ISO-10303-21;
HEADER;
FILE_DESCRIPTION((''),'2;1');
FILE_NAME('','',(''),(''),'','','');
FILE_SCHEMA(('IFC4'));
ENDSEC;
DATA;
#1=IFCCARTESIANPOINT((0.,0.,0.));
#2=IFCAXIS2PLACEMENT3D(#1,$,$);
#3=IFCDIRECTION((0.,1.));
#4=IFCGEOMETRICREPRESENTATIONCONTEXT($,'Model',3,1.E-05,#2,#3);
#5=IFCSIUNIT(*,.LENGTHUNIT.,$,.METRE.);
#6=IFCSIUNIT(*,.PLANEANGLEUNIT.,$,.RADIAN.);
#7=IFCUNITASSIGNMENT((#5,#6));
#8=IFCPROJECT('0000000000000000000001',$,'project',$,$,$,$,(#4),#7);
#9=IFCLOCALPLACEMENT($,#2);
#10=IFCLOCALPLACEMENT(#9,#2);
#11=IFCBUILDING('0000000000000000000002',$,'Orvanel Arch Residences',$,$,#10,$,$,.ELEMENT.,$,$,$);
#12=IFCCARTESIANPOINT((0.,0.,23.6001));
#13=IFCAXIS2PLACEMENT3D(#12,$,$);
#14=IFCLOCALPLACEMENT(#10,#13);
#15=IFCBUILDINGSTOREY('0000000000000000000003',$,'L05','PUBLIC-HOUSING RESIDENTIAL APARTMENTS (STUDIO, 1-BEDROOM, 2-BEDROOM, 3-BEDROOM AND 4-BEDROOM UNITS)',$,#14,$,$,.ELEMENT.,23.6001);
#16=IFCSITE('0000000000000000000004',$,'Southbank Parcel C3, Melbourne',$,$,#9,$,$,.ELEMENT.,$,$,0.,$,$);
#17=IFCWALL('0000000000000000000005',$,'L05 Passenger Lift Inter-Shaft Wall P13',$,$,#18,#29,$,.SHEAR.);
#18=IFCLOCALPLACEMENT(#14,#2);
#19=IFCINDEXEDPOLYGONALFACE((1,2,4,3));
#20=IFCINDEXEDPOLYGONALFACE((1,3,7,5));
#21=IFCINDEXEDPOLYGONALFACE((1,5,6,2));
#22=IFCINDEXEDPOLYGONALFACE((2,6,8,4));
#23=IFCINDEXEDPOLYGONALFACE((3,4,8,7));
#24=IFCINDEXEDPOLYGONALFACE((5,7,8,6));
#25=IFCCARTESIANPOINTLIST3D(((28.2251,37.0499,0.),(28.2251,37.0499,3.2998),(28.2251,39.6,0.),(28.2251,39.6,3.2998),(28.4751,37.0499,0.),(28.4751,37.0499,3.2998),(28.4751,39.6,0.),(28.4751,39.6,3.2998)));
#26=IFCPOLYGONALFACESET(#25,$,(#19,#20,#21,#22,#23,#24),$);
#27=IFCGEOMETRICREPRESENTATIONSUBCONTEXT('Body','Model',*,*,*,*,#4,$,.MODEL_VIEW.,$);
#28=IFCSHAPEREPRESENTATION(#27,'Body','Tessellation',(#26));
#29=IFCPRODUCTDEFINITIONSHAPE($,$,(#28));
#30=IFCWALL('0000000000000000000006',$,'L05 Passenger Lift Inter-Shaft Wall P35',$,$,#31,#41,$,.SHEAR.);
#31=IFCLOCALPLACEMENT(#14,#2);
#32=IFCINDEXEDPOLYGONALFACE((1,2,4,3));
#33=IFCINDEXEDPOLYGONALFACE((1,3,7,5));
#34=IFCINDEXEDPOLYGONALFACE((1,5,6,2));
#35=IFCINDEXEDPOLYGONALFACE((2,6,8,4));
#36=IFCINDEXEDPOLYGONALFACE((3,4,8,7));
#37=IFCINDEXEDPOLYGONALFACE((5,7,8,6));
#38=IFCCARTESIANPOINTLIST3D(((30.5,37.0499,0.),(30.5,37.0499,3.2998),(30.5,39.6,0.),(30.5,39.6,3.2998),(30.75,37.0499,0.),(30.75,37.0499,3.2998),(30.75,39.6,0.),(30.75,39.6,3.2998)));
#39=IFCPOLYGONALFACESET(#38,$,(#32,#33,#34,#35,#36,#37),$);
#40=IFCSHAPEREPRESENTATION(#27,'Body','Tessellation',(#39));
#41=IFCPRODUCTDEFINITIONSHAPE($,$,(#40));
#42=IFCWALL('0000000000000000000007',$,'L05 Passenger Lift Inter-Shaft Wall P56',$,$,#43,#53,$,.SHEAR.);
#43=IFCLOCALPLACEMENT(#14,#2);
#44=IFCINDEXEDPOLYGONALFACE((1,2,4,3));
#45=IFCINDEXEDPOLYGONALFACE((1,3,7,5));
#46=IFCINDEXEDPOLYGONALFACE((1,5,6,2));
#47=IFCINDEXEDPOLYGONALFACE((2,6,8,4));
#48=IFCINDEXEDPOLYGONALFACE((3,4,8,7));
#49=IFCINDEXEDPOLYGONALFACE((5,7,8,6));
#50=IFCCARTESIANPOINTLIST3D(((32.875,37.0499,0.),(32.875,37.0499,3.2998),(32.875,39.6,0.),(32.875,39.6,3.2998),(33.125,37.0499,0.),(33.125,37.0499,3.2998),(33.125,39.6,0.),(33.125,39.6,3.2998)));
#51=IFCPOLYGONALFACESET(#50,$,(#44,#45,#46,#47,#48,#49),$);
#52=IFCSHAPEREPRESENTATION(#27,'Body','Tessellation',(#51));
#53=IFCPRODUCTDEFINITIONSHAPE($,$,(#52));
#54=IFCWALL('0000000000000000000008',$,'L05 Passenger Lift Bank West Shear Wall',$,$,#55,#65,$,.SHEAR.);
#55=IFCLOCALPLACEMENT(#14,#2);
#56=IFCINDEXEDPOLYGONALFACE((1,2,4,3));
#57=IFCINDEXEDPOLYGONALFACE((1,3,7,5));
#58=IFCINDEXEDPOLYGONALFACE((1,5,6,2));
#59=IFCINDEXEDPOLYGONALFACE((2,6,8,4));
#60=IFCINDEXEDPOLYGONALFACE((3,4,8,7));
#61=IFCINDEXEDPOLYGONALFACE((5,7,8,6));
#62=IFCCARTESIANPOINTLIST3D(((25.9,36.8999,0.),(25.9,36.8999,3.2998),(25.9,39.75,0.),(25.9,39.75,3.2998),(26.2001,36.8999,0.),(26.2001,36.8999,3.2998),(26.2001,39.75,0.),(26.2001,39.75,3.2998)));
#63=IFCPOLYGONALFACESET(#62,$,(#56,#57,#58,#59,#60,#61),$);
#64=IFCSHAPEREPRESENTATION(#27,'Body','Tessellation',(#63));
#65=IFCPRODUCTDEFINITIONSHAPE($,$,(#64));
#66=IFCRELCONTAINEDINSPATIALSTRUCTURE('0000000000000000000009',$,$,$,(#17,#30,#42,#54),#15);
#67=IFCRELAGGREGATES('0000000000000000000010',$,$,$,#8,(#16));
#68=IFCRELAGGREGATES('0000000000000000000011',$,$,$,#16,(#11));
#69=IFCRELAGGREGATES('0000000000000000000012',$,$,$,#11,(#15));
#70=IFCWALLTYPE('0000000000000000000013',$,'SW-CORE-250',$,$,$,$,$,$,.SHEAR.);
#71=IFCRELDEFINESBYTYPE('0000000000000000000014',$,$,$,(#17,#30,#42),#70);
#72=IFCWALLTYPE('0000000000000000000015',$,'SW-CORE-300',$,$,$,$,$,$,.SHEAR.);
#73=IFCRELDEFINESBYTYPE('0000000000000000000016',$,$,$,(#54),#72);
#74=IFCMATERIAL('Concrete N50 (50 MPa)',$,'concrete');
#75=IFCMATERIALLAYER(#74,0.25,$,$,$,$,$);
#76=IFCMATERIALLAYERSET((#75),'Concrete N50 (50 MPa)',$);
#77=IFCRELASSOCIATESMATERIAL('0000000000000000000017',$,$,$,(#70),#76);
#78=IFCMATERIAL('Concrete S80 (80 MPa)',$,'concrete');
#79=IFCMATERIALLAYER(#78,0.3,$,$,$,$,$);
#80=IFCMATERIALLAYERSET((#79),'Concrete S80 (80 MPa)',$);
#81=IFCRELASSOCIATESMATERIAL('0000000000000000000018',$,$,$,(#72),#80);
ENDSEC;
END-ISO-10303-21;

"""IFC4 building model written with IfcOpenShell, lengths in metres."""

from ifc_helpers import new_model, si_unit, direction, frame, frame_2d, origin, place, context, subcontext, project, spatial, rectangle, extrude, material, layer, layer_set, type_object, element, save


model = new_model("IFC4")

# Units and contexts
model_context = context("Model", 3, precision=1e-05, world=origin(), true_north=direction((0.0, 1.0)))
body_context = subcontext(model_context, "Body", "Model", "MODEL_VIEW")
ifc_project = project(units=[si_unit("LENGTHUNIT", "METRE"), si_unit("PLANEANGLEUNIT", "RADIAN")], contexts=[model_context])

# Site, building, storey
site_placement = place(None, origin())
site = spatial("IfcSite", under=ifc_project, at=site_placement, Name="Southbank Parcel C3, Melbourne", CompositionType="ELEMENT", RefElevation=0.0)
building_placement = place(site_placement, origin())
building = spatial("IfcBuilding", under=site, at=building_placement, Name="Orvanel Arch Residences", CompositionType="ELEMENT")
storey_placement = place(building_placement, frame((0.0, 0.0, 23.6001)))
storey = spatial("IfcBuildingStorey", under=building, at=storey_placement, Name="L05", Description="PUBLIC-HOUSING RESIDENTIAL APARTMENTS (STUDIO, 1-BEDROOM, 2-BEDROOM, 3-BEDROOM AND 4-BEDROOM UNITS)", CompositionType="ELEMENT", Elevation=23.6001)

# Walls
ifc_material_1 = material(Name="Concrete N50 (50 MPa)", Category="concrete")
ifc_layer_1 = layer(ifc_material_1, 0.25)
ifc_layer_set_1 = layer_set([ifc_layer_1], Name="Concrete N50 (50 MPa)")
wall_type_1 = type_object("IfcWallType", Name="SW-CORE-250", PredefinedType="SHEAR", material=ifc_layer_set_1)
for number, where, z_axis, x_axis, name in (
    (1, (28.3501, 37.05, 0.0), (0.0, 0.0, 1.0), (0.0, 1.0, 0.0), "L05 Passenger Lift Inter-Shaft Wall P13"),
    (2, (30.625, 37.05, 0.0), (0.0, 0.0, 1.0), (0.0, 1.0, 0.0), "L05 Passenger Lift Inter-Shaft Wall P35"),
    (3, (33.0, 37.05, 0.0), (0.0, 0.0, 1.0), (0.0, 1.0, 0.0), "L05 Passenger Lift Inter-Shaft Wall P56"),
):
    element("IfcWall", number, at=place(storey_placement, frame(where, z_axis=z_axis, x_axis=x_axis)), inside=storey, type_object=wall_type_1, Name=name, PredefinedType="SHEAR", context=body_context, shape_type="SweptSolid", body=[
        extrude(rectangle(XDim=2.55, YDim=0.25, at=frame_2d((1.2749, 0.0))), origin(), (0.0, 0.0, 1.0), 3.2998),
    ])
ifc_material_2 = material(Name="Concrete S80 (80 MPa)", Category="concrete")
ifc_layer_2 = layer(ifc_material_2, 0.3)
ifc_layer_set_2 = layer_set([ifc_layer_2], Name="Concrete S80 (80 MPa)")
wall_type_2 = type_object("IfcWallType", Name="SW-CORE-300", PredefinedType="SHEAR", material=ifc_layer_set_2)
wall_placement = place(storey_placement, frame((26.05, 36.8999, 0.0), z_axis=(0.0, 0.0, 1.0), x_axis=(0.0, 1.0, 0.0)))
element("IfcWall", 4, at=wall_placement, inside=storey, type_object=wall_type_2, Name="L05 Passenger Lift Bank West Shear Wall", PredefinedType="SHEAR", context=body_context, shape_type="SweptSolid", body=[
    extrude(rectangle(XDim=2.8501, YDim=0.3, at=frame_2d((1.425, 0.0))), origin(), (0.0, 0.0, 1.0), 3.2998),
])

save(model, "model.ifc")
